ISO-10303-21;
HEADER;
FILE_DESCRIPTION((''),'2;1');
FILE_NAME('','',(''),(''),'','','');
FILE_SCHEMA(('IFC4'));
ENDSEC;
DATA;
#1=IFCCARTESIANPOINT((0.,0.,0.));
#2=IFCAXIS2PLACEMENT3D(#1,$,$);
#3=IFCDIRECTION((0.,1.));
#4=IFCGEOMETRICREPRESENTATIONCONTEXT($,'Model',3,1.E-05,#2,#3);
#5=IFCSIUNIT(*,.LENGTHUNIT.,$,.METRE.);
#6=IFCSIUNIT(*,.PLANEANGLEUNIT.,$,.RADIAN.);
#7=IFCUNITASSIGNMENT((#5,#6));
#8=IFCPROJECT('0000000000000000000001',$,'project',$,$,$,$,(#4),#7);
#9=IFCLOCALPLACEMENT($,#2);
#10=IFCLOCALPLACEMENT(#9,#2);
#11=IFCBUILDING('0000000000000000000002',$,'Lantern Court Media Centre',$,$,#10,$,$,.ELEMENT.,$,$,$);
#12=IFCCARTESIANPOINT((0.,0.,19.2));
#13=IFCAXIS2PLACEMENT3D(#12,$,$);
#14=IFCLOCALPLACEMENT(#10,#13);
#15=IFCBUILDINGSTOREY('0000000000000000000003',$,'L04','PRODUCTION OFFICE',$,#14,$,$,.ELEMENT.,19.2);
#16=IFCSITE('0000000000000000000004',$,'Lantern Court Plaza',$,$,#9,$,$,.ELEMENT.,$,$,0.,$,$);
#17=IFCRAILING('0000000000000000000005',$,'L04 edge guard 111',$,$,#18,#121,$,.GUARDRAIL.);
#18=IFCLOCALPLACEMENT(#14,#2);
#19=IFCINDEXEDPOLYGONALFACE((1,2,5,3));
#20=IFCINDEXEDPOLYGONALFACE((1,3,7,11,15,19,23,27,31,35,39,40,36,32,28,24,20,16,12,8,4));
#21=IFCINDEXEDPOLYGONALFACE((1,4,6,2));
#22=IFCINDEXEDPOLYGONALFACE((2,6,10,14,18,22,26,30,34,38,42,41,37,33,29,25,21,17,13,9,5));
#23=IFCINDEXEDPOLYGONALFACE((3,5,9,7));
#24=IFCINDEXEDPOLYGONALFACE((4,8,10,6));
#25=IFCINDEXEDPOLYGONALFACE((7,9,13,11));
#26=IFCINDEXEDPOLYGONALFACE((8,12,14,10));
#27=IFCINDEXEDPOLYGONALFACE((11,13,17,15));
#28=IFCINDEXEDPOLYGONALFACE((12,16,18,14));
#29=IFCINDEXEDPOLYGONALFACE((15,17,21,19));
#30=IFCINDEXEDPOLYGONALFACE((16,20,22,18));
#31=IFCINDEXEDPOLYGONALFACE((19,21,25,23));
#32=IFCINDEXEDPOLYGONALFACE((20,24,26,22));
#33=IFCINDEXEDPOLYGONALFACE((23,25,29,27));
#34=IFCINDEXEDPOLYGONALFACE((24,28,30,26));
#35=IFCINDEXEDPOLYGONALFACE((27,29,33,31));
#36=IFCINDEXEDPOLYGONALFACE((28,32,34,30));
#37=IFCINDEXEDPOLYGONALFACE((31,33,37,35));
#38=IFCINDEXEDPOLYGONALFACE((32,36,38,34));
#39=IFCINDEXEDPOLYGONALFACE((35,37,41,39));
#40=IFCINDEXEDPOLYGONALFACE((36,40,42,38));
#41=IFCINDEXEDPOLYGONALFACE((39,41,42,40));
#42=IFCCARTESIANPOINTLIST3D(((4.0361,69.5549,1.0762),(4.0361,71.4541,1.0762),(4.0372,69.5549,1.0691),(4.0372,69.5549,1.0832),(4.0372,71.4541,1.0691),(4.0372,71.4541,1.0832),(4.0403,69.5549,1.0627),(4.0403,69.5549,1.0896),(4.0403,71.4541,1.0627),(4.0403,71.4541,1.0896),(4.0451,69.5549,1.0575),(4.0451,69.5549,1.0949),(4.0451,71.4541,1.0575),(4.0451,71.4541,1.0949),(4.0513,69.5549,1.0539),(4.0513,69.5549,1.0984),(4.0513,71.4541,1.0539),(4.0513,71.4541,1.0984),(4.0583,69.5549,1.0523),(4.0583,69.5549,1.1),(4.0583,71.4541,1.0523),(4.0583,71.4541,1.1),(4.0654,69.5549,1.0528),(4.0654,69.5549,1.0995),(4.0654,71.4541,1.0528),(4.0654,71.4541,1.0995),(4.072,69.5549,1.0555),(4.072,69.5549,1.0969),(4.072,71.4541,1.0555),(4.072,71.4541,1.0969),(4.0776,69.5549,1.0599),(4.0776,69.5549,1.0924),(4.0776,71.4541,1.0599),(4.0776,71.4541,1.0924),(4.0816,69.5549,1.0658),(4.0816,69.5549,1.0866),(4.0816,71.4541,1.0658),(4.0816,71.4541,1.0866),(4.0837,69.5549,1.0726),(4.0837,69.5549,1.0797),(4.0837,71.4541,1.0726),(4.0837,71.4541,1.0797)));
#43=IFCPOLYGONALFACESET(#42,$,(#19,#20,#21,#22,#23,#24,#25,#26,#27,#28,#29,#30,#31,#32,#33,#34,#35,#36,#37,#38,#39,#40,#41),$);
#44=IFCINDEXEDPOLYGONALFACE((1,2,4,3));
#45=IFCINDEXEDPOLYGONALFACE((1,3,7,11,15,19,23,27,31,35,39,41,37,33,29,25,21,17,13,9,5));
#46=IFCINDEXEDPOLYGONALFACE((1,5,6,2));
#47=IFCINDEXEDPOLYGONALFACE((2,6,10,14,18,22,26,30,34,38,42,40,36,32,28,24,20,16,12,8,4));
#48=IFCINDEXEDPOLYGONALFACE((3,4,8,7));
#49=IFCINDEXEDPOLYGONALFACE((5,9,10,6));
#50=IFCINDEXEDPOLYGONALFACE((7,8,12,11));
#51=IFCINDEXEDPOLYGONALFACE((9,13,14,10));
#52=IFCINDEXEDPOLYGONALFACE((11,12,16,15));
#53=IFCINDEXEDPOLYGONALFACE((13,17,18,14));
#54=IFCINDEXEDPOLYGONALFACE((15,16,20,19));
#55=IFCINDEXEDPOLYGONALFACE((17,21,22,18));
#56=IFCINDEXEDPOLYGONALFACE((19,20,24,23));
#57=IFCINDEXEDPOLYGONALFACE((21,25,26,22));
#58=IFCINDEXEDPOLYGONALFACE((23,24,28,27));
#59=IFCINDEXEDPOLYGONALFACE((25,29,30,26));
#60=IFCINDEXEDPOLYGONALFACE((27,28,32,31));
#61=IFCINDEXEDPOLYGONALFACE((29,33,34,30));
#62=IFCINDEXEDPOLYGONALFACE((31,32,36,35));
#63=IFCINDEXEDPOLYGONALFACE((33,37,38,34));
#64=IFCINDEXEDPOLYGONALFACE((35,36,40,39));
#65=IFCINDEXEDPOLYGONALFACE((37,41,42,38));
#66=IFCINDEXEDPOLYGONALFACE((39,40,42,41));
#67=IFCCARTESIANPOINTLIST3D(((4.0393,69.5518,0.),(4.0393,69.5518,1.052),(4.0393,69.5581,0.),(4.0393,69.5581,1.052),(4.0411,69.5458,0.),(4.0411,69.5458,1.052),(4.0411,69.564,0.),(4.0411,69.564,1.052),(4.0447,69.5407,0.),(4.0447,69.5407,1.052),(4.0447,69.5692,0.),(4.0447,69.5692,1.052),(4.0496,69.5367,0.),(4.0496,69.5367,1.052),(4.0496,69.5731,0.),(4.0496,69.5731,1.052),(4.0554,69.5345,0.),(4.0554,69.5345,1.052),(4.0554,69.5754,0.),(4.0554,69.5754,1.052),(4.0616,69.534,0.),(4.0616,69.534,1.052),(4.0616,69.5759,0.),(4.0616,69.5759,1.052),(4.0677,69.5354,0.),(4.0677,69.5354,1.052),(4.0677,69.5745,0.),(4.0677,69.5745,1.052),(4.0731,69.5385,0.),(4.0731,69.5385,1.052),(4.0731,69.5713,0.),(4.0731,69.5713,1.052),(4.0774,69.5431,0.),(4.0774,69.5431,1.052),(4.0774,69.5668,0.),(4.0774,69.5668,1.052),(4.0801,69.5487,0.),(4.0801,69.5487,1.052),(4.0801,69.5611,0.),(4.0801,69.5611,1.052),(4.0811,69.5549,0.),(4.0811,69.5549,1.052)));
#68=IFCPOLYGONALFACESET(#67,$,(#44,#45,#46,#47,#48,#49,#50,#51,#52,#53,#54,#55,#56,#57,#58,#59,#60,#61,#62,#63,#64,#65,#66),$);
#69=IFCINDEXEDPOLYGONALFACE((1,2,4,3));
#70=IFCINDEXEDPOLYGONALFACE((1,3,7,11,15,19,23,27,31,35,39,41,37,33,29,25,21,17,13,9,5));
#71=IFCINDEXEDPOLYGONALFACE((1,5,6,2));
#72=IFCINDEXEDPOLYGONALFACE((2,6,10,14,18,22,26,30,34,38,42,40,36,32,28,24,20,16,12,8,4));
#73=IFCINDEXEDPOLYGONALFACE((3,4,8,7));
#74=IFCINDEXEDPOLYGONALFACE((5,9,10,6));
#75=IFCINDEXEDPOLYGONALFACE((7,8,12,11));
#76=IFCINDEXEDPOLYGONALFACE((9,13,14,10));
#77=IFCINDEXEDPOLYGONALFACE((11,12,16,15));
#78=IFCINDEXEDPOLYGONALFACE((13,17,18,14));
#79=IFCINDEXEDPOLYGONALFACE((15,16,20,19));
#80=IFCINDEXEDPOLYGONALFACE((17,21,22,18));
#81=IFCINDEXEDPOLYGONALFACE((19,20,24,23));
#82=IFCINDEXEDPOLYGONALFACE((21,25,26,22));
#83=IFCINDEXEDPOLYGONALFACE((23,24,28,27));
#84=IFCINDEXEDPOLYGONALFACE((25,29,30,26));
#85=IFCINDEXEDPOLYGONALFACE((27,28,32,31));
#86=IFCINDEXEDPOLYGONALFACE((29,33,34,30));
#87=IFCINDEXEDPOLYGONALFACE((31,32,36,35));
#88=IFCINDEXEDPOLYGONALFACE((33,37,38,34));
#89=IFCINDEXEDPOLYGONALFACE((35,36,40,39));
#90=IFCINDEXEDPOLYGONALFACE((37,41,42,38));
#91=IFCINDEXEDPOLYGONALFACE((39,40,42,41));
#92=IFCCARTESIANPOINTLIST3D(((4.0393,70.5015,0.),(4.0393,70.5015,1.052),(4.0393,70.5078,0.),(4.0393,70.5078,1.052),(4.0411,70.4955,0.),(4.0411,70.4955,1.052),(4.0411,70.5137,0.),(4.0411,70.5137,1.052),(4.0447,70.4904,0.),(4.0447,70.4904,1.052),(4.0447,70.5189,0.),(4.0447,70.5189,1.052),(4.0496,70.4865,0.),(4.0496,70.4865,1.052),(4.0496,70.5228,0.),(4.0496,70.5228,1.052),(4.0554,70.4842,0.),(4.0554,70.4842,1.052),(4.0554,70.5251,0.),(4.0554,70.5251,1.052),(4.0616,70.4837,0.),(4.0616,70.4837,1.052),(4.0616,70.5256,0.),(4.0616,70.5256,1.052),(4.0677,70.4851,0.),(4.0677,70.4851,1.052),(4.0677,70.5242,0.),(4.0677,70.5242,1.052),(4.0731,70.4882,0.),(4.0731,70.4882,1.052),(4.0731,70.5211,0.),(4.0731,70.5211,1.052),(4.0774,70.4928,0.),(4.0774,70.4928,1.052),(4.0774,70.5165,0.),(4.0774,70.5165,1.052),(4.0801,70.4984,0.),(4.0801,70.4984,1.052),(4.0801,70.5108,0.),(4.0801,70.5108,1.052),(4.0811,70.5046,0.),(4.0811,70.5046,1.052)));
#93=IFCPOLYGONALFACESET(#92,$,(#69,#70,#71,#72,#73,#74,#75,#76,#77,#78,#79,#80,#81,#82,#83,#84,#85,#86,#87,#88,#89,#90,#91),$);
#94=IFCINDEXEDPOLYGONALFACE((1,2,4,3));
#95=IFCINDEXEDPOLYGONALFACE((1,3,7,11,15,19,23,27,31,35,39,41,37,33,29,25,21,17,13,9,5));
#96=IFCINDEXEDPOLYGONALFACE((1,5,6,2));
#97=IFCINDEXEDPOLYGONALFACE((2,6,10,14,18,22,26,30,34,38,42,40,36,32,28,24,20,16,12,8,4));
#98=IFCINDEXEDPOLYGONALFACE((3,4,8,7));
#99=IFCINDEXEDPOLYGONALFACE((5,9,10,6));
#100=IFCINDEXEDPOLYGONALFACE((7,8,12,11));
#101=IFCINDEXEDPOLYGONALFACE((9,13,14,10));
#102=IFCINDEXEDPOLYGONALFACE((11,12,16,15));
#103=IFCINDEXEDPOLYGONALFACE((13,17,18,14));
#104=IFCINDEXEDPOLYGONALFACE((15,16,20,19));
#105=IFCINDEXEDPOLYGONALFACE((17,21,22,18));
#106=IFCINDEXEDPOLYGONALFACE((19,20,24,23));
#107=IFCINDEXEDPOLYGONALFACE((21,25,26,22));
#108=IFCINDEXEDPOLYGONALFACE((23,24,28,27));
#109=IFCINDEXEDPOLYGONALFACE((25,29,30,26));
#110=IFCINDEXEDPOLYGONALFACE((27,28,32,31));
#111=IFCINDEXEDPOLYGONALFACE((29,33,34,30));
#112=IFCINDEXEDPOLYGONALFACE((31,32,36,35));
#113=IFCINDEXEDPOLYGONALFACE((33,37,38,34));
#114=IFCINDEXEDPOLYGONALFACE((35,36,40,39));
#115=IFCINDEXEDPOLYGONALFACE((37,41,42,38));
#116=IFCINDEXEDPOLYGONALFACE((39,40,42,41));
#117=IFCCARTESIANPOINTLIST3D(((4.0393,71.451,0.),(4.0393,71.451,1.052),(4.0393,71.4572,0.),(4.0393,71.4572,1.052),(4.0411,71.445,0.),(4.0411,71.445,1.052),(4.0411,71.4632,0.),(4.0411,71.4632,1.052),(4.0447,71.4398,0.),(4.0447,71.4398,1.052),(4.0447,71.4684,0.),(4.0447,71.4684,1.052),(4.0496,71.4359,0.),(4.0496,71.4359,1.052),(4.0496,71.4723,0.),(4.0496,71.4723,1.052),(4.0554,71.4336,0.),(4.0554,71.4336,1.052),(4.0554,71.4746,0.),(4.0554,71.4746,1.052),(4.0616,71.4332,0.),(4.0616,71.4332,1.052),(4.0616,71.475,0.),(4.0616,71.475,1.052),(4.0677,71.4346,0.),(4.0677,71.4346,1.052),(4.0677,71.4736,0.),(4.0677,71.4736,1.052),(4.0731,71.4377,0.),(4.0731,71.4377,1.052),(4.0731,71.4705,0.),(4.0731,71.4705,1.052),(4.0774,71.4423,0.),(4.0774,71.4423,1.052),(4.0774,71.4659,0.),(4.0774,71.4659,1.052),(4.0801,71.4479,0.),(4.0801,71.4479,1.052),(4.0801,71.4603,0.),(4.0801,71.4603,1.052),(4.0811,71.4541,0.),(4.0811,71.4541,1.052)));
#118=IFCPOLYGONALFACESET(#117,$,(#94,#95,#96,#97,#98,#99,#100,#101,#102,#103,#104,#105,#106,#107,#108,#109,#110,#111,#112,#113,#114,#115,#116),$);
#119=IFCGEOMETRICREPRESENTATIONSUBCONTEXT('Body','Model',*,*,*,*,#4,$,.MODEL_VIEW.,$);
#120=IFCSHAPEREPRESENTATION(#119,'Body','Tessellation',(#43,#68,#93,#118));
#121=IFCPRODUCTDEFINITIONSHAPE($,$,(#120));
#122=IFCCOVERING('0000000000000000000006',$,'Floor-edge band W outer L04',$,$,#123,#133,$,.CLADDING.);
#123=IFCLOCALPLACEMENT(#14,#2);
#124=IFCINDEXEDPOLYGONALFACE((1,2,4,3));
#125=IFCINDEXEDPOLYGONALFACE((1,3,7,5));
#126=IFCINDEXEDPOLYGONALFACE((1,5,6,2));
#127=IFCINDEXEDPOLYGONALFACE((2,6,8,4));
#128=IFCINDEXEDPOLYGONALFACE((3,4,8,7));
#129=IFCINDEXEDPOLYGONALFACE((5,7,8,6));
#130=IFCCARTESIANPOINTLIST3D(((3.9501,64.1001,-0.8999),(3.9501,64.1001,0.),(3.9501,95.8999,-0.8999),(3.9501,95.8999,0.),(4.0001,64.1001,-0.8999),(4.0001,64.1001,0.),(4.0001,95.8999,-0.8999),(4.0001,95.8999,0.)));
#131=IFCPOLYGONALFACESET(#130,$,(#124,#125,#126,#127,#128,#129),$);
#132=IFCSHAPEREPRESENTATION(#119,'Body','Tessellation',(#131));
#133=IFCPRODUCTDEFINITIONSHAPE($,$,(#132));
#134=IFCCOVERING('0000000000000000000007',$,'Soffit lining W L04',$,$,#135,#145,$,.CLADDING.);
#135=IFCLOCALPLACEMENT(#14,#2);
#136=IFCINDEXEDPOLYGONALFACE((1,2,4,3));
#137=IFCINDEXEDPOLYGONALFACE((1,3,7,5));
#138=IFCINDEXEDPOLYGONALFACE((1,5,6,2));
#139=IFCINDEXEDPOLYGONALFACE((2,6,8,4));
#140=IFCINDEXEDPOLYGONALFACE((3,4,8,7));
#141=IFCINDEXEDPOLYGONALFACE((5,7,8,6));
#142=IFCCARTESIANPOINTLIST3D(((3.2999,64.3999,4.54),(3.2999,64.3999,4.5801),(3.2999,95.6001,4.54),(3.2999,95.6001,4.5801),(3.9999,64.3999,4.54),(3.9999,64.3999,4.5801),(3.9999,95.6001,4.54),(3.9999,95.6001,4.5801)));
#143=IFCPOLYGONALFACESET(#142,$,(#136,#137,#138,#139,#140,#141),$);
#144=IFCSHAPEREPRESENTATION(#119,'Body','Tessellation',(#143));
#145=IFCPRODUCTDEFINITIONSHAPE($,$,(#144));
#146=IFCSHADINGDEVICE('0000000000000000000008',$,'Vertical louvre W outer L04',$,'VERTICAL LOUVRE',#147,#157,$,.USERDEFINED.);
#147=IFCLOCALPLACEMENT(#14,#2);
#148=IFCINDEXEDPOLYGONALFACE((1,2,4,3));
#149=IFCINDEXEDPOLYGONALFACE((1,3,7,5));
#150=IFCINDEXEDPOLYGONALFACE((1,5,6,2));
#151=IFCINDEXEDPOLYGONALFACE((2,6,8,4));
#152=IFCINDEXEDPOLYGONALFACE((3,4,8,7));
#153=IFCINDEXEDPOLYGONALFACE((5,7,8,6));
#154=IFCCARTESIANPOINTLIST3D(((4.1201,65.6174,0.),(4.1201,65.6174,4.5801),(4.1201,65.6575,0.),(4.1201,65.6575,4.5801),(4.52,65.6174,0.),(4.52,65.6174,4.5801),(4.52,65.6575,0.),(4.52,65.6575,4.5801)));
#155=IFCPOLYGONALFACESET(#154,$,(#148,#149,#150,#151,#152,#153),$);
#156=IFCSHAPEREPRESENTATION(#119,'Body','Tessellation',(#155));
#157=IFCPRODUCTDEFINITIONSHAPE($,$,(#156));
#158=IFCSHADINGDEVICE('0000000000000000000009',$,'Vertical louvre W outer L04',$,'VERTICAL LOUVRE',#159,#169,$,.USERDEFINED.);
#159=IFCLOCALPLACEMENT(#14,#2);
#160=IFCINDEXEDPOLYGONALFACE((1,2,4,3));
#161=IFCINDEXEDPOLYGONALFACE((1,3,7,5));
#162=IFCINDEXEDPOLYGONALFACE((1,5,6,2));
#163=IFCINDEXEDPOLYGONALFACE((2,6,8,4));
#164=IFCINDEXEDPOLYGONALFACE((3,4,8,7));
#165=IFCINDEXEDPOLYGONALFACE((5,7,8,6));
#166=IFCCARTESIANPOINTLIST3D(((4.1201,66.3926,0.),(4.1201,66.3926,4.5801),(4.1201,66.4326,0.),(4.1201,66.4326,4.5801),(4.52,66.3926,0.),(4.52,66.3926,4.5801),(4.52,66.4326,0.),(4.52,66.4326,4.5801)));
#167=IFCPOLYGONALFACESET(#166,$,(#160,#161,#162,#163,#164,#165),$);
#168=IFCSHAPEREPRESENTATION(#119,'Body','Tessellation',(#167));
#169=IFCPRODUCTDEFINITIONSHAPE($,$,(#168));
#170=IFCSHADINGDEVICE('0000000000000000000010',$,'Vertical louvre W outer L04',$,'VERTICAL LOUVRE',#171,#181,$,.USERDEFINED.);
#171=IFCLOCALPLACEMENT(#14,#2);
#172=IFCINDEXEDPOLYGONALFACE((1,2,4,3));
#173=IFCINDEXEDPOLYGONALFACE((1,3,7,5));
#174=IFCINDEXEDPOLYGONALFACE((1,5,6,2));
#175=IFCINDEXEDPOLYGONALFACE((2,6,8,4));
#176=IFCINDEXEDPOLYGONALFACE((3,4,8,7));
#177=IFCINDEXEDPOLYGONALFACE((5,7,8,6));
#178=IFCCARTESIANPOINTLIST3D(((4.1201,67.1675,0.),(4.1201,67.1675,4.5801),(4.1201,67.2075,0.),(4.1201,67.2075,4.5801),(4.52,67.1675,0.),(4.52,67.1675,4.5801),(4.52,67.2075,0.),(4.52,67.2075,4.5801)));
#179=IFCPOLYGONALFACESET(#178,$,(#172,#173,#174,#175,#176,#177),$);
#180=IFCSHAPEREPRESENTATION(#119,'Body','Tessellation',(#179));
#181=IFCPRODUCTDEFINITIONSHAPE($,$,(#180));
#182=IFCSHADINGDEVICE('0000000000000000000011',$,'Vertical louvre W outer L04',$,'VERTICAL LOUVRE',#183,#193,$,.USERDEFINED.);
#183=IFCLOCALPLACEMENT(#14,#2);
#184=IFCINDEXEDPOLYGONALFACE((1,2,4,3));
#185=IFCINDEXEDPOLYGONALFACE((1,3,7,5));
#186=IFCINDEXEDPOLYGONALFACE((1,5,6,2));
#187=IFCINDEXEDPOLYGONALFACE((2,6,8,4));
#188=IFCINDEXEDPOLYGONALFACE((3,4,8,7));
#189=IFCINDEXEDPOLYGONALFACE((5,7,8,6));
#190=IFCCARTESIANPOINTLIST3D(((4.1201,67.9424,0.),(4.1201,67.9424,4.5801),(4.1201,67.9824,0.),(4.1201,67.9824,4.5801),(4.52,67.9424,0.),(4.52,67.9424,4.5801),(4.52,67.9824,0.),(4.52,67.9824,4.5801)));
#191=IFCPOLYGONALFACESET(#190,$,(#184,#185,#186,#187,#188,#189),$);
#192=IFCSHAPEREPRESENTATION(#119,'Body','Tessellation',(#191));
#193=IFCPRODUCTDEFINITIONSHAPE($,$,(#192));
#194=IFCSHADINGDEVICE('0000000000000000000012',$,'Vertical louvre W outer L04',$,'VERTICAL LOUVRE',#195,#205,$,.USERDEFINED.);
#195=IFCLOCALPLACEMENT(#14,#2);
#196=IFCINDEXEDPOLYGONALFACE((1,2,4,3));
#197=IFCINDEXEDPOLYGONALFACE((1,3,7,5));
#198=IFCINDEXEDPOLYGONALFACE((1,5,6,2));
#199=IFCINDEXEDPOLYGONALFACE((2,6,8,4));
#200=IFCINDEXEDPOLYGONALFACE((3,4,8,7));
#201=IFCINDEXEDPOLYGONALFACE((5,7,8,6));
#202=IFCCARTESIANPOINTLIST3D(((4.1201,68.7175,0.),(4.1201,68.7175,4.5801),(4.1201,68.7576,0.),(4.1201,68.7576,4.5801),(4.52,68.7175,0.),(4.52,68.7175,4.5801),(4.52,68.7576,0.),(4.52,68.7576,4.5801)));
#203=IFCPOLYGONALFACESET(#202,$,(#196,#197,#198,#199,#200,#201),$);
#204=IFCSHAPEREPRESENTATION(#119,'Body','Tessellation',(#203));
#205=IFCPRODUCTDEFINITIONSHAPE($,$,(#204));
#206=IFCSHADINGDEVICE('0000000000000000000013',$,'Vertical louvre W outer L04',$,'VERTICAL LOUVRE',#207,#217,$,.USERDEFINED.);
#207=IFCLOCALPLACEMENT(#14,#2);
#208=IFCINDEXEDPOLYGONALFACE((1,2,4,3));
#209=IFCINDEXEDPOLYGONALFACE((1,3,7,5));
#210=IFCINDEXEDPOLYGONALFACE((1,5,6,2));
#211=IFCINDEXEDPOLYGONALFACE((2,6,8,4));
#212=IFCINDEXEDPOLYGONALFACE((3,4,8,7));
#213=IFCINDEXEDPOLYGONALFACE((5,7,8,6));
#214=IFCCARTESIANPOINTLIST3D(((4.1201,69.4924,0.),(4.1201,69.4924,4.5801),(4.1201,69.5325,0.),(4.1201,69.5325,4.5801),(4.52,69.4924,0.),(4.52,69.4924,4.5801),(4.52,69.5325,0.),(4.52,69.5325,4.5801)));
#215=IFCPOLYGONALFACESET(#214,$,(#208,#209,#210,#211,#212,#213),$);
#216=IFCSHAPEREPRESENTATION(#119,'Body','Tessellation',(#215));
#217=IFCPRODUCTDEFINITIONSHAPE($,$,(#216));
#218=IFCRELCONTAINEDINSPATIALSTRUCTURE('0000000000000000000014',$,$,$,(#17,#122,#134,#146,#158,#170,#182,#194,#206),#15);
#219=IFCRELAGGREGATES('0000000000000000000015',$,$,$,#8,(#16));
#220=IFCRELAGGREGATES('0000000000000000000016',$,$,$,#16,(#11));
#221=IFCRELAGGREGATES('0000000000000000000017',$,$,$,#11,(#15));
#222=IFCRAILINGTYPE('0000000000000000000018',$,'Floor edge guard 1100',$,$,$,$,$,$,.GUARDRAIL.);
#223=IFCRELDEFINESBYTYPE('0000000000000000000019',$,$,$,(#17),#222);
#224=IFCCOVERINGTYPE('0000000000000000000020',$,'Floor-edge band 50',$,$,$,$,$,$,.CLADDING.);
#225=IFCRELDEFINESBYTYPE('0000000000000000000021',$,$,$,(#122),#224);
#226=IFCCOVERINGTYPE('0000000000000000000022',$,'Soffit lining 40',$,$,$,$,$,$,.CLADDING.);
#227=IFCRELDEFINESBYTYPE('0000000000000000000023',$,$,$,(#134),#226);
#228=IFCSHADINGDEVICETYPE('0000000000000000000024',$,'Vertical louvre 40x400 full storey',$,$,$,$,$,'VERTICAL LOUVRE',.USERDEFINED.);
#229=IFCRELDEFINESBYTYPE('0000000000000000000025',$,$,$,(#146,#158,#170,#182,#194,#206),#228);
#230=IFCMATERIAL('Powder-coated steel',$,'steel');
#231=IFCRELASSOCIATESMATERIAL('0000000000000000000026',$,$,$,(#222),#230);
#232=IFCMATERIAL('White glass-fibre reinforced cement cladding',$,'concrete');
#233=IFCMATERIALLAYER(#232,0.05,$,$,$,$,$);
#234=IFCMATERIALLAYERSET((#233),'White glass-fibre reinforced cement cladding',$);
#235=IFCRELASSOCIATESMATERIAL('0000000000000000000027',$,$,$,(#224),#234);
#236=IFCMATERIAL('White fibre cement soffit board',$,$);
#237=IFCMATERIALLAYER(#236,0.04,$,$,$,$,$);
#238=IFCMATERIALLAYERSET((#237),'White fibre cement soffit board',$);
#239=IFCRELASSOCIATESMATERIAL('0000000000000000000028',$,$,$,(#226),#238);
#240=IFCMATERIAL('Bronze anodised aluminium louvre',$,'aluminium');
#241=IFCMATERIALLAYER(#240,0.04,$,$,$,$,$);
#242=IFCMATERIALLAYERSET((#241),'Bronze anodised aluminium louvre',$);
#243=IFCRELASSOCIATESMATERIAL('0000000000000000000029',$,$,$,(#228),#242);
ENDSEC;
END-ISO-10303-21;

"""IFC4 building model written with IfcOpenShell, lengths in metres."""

from ifc_helpers import new_model, si_unit, direction, frame, frame_2d, origin, origin_2d, place, context, subcontext, project, spatial, rectangle, circle, extrude, material, layer, layer_set, type_object, element, save


model = new_model("IFC4")

# Units and contexts
model_context = context("Model", 3, precision=1e-05, world=origin(), true_north=direction((0.0, 1.0)))
body_context = subcontext(model_context, "Body", "Model", "MODEL_VIEW")
ifc_project = project(units=[si_unit("LENGTHUNIT", "METRE"), si_unit("PLANEANGLEUNIT", "RADIAN")], contexts=[model_context])

# Site, building, storey
site_placement = place(None, origin())
site = spatial("IfcSite", under=ifc_project, at=site_placement, Name="Lantern Court Plaza", CompositionType="ELEMENT", RefElevation=0.0)
building_placement = place(site_placement, origin())
building = spatial("IfcBuilding", under=site, at=building_placement, Name="Lantern Court Media Centre", CompositionType="ELEMENT")
storey_placement = place(building_placement, frame((0.0, 0.0, 19.2)))
storey = spatial("IfcBuildingStorey", under=building, at=storey_placement, Name="L04", Description="PRODUCTION OFFICE", CompositionType="ELEMENT", Elevation=19.2)

# Railing
ifc_material_1 = material(Name="Powder-coated steel", Category="steel")
railing_type = type_object("IfcRailingType", Name="Floor edge guard 1100", PredefinedType="GUARDRAIL", material=ifc_material_1)
railing_1_placement = place(storey_placement, frame((4.0601, 69.5549, 0.0)))
element("IfcRailing", 1, at=railing_1_placement, inside=storey, type_object=railing_type, Name="L04 edge guard 111", PredefinedType="GUARDRAIL", context=body_context, shape_type="SweptSolid", body=[
    extrude(circle(Radius=0.0239, at=origin_2d()), frame((0.0, 0.0, 1.0762), z_axis=(0.0, 1.0, 0.0), x_axis=(-1.0, 0.0, 0.0)), (0.0, 0.0, 1.0), 1.8992),
    extrude(circle(Radius=0.021, at=origin_2d()), origin(), (0.0, 0.0, 1.0), 1.052),
    extrude(circle(Radius=0.021, at=origin_2d()), frame((0.0, 0.9497, 0.0)), (0.0, 0.0, 1.0), 1.052),
    extrude(circle(Radius=0.021, at=origin_2d()), frame((0.0, 1.8992, 0.0)), (0.0, 0.0, 1.0), 1.052),
])

# Coverings
ifc_material_2 = material(Name="White glass-fibre reinforced cement cladding", Category="concrete")
ifc_layer_1 = layer(ifc_material_2, 0.05)
ifc_layer_set_1 = layer_set([ifc_layer_1], Name="White glass-fibre reinforced cement cladding")
covering_type_1 = type_object("IfcCoveringType", Name="Floor-edge band 50", PredefinedType="CLADDING", material=ifc_layer_set_1)
covering_1_placement = place(storey_placement, frame((3.9751, 64.1001, -0.8999), z_axis=(0.0, 0.0, 1.0), x_axis=(0.0, 1.0, 0.0)))
element("IfcCovering", 2, at=covering_1_placement, inside=storey, type_object=covering_type_1, Name="Floor-edge band W outer L04", PredefinedType="CLADDING", context=body_context, shape_type="SweptSolid", body=[
    extrude(rectangle(XDim=31.7998, YDim=0.05, at=frame_2d((15.8999, 0.0))), origin(), (0.0, 0.0, 1.0), 0.8999),
])
ifc_material_3 = material(Name="White fibre cement soffit board")
ifc_layer_2 = layer(ifc_material_3, 0.04)
ifc_layer_set_2 = layer_set([ifc_layer_2], Name="White fibre cement soffit board")
covering_type_2 = type_object("IfcCoveringType", Name="Soffit lining 40", PredefinedType="CLADDING", material=ifc_layer_set_2)
covering_2_placement = place(storey_placement, frame((3.6499, 64.3999, 4.54), z_axis=(0.0, 0.0, 1.0), x_axis=(0.0, 1.0, 0.0)))
element("IfcCovering", 3, at=covering_2_placement, inside=storey, type_object=covering_type_2, Name="Soffit lining W L04", PredefinedType="CLADDING", context=body_context, shape_type="SweptSolid", body=[
    extrude(rectangle(XDim=31.2002, YDim=0.7, at=frame_2d((15.6001, 0.0))), origin(), (0.0, 0.0, 1.0), 0.04),
])

# Shading devices
ifc_material_4 = material(Name="Bronze anodised aluminium louvre", Category="aluminium")
ifc_layer_3 = layer(ifc_material_4, 0.04)
ifc_layer_set_3 = layer_set([ifc_layer_3], Name="Bronze anodised aluminium louvre")
shading_device_type = type_object("IfcShadingDeviceType", Name="Vertical louvre 40x400 full storey", ElementType="VERTICAL LOUVRE", PredefinedType="USERDEFINED", material=ifc_layer_set_3)
for number, where, z_axis, x_axis, name in (
    (4, (4.3201, 65.6375, 0.0), (0.0, 0.0, 1.0), (1.0, 0.0, 0.0), "Vertical louvre W outer L04"),
    (5, (4.3201, 66.4126, 0.0), (0.0, 0.0, 1.0), (1.0, 0.0, 0.0), "Vertical louvre W outer L04"),
    (6, (4.3201, 67.1875, 0.0), (0.0, 0.0, 1.0), (1.0, 0.0, 0.0), "Vertical louvre W outer L04"),
    (7, (4.3201, 67.9624, 0.0), (0.0, 0.0, 1.0), (1.0, 0.0, 0.0), "Vertical louvre W outer L04"),
    (8, (4.3201, 68.7375, 0.0), (0.0, 0.0, 1.0), (1.0, 0.0, 0.0), "Vertical louvre W outer L04"),
    (9, (4.3201, 69.5125, 0.0), (0.0, 0.0, 1.0), (1.0, 0.0, 0.0), "Vertical louvre W outer L04"),
):
    element("IfcShadingDevice", number, at=place(storey_placement, frame(where, z_axis=z_axis, x_axis=x_axis)), inside=storey, type_object=shading_device_type, Name=name, ObjectType="VERTICAL LOUVRE", PredefinedType="USERDEFINED", context=body_context, shape_type="SweptSolid", body=[
        extrude(rectangle(XDim=0.3999, YDim=0.04, at=origin_2d()), origin(), (0.0, 0.0, 1.0), 4.5801),
    ])

save(model, "model.ifc")
